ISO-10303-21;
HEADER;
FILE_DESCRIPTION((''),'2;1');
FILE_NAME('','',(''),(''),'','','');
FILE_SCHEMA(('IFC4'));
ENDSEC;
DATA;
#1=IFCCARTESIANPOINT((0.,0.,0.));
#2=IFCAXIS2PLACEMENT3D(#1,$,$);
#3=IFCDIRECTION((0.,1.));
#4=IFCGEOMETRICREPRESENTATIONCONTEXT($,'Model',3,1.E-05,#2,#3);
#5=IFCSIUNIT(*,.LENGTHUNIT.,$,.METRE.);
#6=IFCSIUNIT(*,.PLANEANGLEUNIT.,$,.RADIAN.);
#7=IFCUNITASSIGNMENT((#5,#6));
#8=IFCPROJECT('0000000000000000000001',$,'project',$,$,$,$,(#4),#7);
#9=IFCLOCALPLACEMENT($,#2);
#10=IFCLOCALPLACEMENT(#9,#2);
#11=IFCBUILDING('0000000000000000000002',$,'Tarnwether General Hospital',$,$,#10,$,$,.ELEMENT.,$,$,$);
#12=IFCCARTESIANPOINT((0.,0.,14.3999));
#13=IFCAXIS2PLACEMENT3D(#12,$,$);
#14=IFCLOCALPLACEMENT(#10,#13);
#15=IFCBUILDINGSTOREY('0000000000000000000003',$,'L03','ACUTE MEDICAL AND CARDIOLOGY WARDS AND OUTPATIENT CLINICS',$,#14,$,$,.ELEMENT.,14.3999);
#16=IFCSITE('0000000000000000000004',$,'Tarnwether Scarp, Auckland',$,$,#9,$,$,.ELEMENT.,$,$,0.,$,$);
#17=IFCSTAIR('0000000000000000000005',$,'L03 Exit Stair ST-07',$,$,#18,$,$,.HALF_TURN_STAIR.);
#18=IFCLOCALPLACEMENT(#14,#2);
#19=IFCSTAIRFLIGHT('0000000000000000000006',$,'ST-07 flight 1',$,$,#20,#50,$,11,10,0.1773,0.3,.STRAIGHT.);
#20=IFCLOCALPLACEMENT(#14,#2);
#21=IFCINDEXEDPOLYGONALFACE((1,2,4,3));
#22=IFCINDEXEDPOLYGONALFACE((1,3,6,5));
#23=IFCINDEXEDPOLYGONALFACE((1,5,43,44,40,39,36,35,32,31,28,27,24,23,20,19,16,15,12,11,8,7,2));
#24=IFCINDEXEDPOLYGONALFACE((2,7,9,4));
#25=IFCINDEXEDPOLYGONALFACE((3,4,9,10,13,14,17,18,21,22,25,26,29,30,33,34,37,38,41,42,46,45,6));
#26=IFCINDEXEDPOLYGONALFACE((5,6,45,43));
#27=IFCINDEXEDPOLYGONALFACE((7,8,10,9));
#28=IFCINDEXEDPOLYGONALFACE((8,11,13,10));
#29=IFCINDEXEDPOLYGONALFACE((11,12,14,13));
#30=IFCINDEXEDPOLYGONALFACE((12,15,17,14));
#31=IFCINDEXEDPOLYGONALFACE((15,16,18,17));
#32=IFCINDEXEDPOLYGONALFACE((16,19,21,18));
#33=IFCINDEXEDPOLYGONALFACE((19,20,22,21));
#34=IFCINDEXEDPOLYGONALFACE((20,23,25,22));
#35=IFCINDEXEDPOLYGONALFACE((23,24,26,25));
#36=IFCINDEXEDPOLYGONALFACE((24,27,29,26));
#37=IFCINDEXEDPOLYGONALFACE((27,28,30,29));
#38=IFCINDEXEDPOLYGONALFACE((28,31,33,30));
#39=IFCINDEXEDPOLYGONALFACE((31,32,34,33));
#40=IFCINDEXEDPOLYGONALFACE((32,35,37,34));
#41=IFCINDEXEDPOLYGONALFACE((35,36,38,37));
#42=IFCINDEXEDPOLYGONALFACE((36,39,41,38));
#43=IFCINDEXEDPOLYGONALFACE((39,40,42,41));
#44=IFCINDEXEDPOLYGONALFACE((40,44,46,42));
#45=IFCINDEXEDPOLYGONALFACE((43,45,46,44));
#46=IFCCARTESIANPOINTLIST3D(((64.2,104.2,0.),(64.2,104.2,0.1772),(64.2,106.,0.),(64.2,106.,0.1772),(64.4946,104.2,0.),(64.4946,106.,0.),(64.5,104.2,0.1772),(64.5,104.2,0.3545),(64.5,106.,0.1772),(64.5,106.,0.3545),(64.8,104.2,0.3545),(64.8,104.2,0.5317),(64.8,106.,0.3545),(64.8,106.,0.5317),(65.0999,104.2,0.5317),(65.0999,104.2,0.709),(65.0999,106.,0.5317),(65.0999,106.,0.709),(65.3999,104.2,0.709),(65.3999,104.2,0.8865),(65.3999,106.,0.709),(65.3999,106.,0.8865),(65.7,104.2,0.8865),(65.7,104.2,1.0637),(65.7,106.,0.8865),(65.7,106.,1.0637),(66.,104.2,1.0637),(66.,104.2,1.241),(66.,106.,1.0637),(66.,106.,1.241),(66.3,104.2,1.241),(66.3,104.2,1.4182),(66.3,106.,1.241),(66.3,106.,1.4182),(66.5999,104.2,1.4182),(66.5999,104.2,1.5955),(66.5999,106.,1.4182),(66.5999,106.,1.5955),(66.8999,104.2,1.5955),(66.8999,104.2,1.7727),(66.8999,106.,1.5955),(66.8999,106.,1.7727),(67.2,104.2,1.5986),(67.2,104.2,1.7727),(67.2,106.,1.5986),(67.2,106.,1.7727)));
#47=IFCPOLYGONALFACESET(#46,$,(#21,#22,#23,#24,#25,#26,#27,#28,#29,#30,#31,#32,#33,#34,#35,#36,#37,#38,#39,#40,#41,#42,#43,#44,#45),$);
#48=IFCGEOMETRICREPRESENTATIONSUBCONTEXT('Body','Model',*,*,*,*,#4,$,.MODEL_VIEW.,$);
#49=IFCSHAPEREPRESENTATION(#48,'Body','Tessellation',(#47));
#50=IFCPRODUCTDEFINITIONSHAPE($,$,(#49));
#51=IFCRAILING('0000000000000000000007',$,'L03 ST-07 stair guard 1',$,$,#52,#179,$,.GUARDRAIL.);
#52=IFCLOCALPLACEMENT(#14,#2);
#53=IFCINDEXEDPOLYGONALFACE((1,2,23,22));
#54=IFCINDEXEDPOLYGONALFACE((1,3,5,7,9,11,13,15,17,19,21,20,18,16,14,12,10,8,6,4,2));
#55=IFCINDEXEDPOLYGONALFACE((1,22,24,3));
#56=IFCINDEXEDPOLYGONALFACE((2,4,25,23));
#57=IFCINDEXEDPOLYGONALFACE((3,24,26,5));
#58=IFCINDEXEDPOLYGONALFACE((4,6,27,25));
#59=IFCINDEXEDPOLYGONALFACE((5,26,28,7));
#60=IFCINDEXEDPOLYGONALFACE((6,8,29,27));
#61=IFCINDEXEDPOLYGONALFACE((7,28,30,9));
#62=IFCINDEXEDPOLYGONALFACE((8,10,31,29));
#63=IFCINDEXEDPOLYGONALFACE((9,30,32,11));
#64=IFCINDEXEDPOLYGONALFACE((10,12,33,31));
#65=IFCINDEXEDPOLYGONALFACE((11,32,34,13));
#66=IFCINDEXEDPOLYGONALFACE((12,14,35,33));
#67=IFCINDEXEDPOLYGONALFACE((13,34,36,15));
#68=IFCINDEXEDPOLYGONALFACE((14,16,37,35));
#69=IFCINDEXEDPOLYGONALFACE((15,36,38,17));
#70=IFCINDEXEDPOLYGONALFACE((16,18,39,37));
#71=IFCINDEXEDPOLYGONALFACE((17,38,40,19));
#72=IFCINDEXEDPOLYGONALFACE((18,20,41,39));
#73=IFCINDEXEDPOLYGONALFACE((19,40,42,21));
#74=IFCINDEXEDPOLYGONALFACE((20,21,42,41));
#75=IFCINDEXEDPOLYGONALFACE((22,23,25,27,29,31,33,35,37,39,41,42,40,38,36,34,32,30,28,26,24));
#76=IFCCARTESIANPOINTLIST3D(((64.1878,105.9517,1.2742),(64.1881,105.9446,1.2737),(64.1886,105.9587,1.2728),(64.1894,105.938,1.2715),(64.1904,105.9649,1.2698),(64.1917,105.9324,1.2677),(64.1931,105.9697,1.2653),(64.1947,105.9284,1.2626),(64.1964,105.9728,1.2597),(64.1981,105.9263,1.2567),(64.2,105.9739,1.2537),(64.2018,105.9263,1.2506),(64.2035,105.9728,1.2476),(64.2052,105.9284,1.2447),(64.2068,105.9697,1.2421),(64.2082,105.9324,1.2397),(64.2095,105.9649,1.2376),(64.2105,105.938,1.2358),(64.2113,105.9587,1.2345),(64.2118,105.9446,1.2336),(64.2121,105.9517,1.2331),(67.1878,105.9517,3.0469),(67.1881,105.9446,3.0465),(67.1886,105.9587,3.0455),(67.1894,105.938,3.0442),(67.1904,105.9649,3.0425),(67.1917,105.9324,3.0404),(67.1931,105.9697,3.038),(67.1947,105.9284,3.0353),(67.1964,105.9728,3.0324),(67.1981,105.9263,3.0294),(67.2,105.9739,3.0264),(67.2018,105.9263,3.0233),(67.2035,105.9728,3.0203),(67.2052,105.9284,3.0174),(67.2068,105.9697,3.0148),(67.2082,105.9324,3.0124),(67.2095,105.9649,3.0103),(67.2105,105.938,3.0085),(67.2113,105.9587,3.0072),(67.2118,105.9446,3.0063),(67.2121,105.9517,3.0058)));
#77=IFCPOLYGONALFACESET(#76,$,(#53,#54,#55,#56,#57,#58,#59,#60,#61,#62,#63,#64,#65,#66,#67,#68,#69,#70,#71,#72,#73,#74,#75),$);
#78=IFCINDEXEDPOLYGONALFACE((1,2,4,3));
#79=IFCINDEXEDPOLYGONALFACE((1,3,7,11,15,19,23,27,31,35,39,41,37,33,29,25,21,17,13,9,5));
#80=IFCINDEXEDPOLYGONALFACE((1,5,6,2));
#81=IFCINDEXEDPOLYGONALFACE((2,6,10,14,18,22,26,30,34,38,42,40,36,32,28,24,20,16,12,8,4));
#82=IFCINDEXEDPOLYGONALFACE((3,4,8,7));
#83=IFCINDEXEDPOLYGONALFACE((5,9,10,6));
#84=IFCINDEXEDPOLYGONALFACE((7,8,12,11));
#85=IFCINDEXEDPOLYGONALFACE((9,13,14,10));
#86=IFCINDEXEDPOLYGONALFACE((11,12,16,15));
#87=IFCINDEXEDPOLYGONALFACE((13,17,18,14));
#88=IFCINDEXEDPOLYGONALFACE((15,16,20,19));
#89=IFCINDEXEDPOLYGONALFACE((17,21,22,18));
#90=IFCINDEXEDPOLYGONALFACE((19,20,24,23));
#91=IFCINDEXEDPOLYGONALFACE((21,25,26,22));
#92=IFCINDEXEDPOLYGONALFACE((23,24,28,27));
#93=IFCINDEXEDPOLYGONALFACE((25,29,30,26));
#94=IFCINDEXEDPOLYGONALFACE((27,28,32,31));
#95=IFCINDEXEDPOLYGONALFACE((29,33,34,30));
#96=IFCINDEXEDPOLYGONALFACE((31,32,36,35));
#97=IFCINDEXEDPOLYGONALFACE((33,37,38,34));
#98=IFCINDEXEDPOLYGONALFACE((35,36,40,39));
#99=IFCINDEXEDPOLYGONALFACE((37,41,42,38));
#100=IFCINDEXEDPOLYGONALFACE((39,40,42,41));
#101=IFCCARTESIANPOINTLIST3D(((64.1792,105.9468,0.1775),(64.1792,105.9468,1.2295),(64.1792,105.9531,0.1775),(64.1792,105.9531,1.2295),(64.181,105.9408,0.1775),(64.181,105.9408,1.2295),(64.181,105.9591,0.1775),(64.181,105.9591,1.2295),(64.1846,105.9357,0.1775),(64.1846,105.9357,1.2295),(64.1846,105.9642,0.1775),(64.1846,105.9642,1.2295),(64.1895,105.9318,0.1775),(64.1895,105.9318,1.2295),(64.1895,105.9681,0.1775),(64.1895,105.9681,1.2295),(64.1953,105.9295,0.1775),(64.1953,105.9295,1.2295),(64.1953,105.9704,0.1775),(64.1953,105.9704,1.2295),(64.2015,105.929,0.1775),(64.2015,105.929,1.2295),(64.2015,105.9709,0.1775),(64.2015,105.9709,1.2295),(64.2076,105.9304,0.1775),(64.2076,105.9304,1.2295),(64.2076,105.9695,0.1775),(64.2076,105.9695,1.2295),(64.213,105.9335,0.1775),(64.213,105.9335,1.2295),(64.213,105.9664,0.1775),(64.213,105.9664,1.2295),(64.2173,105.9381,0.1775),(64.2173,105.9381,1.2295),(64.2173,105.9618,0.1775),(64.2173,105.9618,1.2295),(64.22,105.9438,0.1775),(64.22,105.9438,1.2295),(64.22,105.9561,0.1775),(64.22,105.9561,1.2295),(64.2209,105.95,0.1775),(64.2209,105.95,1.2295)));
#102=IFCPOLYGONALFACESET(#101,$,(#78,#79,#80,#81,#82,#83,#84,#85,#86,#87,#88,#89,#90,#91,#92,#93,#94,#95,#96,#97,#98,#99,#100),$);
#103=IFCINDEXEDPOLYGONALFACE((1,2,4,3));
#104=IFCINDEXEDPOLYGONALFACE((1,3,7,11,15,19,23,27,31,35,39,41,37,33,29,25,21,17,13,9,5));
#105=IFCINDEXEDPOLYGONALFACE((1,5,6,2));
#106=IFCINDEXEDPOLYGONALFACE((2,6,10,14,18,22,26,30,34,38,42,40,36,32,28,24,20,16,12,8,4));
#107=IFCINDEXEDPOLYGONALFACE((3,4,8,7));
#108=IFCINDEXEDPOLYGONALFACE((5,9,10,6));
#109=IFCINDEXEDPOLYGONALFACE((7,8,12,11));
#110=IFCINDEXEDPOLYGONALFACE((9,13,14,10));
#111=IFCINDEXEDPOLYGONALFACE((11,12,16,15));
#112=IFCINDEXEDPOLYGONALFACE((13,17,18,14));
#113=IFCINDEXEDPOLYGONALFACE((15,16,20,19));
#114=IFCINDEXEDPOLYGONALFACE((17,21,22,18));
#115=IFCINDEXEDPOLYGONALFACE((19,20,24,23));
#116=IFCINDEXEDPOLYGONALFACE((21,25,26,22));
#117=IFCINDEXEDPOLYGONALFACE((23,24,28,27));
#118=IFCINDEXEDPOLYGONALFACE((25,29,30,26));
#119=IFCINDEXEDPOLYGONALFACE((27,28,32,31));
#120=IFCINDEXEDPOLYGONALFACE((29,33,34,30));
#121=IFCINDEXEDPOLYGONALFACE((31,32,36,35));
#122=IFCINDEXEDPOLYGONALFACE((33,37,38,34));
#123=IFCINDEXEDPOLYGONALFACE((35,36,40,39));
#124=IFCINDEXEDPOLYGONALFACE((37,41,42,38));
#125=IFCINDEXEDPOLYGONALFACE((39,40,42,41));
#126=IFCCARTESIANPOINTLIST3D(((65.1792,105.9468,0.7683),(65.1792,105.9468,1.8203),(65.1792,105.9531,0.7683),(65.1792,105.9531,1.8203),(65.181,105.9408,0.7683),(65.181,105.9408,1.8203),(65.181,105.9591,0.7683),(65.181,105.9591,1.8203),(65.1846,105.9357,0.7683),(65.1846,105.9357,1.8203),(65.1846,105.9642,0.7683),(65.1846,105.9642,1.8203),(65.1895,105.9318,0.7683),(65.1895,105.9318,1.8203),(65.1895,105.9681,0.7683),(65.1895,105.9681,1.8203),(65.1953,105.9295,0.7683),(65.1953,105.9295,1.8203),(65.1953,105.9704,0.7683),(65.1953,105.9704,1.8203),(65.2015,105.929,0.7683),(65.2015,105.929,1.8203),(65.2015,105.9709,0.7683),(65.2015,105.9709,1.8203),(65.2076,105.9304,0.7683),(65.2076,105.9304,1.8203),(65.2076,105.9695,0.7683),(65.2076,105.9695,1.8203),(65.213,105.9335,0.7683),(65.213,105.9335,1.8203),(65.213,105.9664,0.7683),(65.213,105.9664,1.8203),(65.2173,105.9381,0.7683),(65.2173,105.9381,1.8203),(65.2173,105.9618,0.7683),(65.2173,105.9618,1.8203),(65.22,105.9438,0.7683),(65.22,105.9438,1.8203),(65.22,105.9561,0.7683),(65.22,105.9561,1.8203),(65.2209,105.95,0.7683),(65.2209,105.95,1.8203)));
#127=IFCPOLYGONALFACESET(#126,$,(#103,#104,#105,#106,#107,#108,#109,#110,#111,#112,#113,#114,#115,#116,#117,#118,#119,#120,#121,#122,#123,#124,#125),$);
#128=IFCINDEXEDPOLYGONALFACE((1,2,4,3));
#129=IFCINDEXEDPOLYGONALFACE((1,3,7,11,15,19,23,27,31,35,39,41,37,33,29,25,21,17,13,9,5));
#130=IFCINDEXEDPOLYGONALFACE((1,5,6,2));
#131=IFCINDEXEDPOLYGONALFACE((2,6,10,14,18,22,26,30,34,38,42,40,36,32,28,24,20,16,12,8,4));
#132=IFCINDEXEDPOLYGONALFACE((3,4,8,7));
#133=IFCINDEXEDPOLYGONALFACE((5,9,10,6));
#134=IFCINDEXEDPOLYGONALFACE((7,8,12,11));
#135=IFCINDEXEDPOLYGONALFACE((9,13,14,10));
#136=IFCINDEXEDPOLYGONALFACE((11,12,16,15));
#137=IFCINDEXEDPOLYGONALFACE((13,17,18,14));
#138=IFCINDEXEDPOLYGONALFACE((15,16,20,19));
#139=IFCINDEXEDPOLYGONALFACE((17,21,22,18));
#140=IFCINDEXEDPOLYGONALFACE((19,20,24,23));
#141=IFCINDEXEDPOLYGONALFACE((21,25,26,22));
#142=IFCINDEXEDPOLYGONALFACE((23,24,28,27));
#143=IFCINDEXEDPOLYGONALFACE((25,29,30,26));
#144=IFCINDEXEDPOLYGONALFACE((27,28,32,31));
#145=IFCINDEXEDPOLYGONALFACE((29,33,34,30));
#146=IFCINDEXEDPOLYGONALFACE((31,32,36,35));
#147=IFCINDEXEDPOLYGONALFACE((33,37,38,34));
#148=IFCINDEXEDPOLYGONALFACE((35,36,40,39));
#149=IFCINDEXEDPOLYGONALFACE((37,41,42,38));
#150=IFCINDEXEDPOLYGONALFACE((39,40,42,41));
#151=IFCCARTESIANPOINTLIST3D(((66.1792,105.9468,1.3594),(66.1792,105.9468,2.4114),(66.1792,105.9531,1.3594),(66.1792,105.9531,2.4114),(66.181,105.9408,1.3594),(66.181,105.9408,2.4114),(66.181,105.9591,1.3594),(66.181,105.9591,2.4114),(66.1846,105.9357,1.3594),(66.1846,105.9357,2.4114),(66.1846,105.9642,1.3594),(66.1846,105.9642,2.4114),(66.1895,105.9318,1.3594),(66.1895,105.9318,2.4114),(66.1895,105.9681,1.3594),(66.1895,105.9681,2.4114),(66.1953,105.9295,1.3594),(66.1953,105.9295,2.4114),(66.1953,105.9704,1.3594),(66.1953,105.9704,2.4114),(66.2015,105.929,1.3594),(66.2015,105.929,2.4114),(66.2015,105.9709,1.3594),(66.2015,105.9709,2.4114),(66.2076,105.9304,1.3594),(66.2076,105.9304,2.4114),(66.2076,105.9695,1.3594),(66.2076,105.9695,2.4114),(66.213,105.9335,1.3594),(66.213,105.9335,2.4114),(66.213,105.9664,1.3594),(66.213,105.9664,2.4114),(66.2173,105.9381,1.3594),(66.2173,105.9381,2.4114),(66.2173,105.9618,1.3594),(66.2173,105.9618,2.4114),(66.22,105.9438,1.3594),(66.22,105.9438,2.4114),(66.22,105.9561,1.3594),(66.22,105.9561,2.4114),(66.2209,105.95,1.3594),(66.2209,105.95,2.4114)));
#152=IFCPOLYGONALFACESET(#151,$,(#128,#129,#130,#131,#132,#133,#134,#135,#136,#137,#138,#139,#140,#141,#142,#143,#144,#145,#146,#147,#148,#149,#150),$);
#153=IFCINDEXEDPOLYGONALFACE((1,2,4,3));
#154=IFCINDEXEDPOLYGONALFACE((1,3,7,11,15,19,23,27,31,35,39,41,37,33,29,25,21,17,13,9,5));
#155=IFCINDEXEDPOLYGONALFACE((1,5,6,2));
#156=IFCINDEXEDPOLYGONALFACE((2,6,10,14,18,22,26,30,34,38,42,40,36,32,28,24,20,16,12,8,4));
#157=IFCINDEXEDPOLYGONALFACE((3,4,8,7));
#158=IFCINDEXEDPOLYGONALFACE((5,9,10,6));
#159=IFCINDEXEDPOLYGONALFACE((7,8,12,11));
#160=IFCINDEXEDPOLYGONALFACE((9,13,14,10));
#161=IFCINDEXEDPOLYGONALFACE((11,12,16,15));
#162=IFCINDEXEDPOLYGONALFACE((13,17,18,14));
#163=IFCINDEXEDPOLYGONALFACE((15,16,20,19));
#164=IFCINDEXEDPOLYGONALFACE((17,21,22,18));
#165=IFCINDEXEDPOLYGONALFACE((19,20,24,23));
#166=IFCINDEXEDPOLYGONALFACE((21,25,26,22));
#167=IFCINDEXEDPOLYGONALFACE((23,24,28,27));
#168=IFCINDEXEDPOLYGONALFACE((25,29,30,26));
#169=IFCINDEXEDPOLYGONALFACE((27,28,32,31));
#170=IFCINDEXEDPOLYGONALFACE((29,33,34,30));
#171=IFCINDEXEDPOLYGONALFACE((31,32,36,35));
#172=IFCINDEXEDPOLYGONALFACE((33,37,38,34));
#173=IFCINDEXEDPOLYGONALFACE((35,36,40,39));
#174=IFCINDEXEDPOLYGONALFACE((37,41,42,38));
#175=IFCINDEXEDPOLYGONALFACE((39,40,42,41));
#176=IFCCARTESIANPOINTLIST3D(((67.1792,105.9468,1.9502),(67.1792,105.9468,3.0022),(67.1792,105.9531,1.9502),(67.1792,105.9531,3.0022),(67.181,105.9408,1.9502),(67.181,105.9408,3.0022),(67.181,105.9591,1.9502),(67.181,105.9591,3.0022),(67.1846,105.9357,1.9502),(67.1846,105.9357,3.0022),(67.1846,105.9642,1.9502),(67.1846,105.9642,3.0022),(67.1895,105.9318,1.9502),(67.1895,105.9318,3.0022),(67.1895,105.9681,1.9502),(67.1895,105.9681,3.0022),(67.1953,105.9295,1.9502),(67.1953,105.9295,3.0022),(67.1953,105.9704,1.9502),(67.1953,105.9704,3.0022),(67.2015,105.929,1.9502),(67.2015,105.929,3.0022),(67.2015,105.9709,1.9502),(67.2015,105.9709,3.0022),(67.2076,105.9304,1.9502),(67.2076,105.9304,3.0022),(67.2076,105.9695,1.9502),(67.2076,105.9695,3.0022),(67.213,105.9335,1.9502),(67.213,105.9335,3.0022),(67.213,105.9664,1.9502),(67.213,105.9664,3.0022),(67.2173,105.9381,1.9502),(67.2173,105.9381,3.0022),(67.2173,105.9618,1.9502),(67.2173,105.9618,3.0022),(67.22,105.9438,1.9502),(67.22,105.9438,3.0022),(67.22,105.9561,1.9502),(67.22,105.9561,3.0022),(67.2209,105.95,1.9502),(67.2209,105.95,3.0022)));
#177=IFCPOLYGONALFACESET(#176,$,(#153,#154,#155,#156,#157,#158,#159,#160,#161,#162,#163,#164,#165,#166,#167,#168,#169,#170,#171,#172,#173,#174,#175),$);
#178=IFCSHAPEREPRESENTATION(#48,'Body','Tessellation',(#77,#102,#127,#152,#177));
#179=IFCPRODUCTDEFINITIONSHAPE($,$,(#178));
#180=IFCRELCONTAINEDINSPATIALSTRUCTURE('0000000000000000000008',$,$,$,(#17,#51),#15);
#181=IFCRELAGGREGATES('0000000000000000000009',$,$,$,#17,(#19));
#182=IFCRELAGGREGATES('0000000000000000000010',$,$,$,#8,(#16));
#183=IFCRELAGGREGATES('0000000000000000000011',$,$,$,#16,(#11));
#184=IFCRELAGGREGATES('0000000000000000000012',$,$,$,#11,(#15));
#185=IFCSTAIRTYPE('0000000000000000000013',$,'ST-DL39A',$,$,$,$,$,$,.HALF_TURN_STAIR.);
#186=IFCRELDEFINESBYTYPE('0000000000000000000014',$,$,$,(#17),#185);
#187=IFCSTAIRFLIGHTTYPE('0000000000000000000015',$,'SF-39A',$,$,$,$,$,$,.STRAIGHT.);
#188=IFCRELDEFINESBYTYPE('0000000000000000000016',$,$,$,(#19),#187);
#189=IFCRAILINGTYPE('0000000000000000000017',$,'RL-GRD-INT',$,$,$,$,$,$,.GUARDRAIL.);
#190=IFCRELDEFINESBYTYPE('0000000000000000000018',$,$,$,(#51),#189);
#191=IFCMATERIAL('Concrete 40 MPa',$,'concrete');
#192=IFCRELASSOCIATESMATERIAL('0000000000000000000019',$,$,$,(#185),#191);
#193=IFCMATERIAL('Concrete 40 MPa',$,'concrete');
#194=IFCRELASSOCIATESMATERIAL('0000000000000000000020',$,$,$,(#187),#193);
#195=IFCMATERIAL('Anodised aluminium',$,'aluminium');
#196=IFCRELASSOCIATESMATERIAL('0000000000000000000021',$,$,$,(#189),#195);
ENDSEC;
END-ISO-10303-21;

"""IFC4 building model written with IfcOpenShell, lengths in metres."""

from ifc_helpers import new_model, si_unit, direction, frame, origin, origin_2d, place, context, subcontext, project, spatial, polyline, circle, outline, extrude, material, type_object, element, aggregate, save


model = new_model("IFC4")

# Units and contexts
model_context = context("Model", 3, precision=1e-05, world=origin(), true_north=direction((0.0, 1.0)))
body_context = subcontext(model_context, "Body", "Model", "MODEL_VIEW")
ifc_project = project(units=[si_unit("LENGTHUNIT", "METRE"), si_unit("PLANEANGLEUNIT", "RADIAN")], contexts=[model_context])

# Site, building, storey
site_placement = place(None, origin())
site = spatial("IfcSite", under=ifc_project, at=site_placement, Name="Tarnwether Scarp, Auckland", CompositionType="ELEMENT", RefElevation=0.0)
building_placement = place(site_placement, origin())
building = spatial("IfcBuilding", under=site, at=building_placement, Name="Tarnwether General Hospital", CompositionType="ELEMENT")
storey_placement = place(building_placement, frame((0.0, 0.0, 14.3999)))
storey = spatial("IfcBuildingStorey", under=building, at=storey_placement, Name="L03", Description="ACUTE MEDICAL AND CARDIOLOGY WARDS AND OUTPATIENT CLINICS", CompositionType="ELEMENT", Elevation=14.3999)

# Stair, stair flight
ifc_material_1 = material(Name="Concrete 40 MPa", Category="concrete")
stair_type = type_object("IfcStairType", Name="ST-DL39A", PredefinedType="HALF_TURN_STAIR", material=ifc_material_1)
stair_placement = place(storey_placement, origin())
stair = element("IfcStair", 1, at=stair_placement, inside=storey, type_object=stair_type, Name="L03 Exit Stair ST-07", PredefinedType="HALF_TURN_STAIR")
ifc_material_2 = material(Name="Concrete 40 MPa", Category="concrete")
stair_flight_type = type_object("IfcStairFlightType", Name="SF-39A", PredefinedType="STRAIGHT", material=ifc_material_2)
stair_flight_placement = place(storey_placement, frame((64.2, 105.1001, 0.0), z_axis=(0.0, 0.0, 1.0), x_axis=(1.0, 0.0, 0.0)))
stair_flight = element("IfcStairFlight", 2, at=stair_flight_placement, type_object=stair_flight_type, Name="ST-07 flight 1", NumberOfRisers=11, NumberOfTreads=10, PredefinedType="STRAIGHT", RiserHeight=0.1773, TreadLength=0.3, context=body_context, shape_type="SweptSolid", body=[
    extrude(outline(polyline([(0.0, 0.0), (0.0, 0.1772), (0.3, 0.1772), (0.3, 0.3545), (0.6001, 0.3545), (0.6001, 0.5317), (0.8999, 0.5317), (0.8999, 0.709), (1.2, 0.709), (1.2, 0.8865), (1.5, 0.8865), (1.5, 1.0637), (1.8, 1.0637), (1.8, 1.241), (2.1001, 1.241), (2.1001, 1.4182), (2.3999, 1.4182), (2.3999, 1.5955), (2.7, 1.5955), (2.7, 1.7727), (3.0, 1.7727), (3.0, 1.95), (3.0, 1.5986), (0.2947, 0.0), (0.0, 0.0)])), frame((0.0, 0.8999, 0.0), z_axis=(0.0, -1.0, 0.0), x_axis=(1.0, 0.0, 0.0)), (0.0, 0.0, 1.0), 1.8),
])
aggregate(stair, [stair_flight])

# Railing
ifc_material_3 = material(Name="Anodised aluminium", Category="aluminium")
railing_type_1 = type_object("IfcRailingType", Name="RL-GRD-INT", PredefinedType="GUARDRAIL", material=ifc_material_3)
railing_1_placement = place(storey_placement, frame((64.2, 105.95, 0.1775)))
element("IfcRailing", 3, at=railing_1_placement, inside=storey, type_object=railing_type_1, Name="L03 ST-07 stair guard 1", PredefinedType="GUARDRAIL", context=body_context, shape_type="SweptSolid", body=[
    extrude(circle(Radius=0.0239, at=origin_2d()), frame((0.0, 0.0, 1.0762), z_axis=(0.860929, 0.0, 0.508725), x_axis=(0.0, 1.0, 0.0)), (0.0, 0.0, 1.0), 3.4846),
    extrude(circle(Radius=0.021, at=origin_2d()), origin(), (0.0, 0.0, 1.0), 1.052),
    extrude(circle(Radius=0.021, at=origin_2d()), frame((1.0, 0.0, 0.5908)), (0.0, 0.0, 1.0), 1.052),
    extrude(circle(Radius=0.021, at=origin_2d()), frame((2.0, 0.0, 1.1819)), (0.0, 0.0, 1.0), 1.052),
    extrude(circle(Radius=0.021, at=origin_2d()), frame((3.0, 0.0, 1.7727)), (0.0, 0.0, 1.0), 1.052),
])

save(model, "model.ifc")
